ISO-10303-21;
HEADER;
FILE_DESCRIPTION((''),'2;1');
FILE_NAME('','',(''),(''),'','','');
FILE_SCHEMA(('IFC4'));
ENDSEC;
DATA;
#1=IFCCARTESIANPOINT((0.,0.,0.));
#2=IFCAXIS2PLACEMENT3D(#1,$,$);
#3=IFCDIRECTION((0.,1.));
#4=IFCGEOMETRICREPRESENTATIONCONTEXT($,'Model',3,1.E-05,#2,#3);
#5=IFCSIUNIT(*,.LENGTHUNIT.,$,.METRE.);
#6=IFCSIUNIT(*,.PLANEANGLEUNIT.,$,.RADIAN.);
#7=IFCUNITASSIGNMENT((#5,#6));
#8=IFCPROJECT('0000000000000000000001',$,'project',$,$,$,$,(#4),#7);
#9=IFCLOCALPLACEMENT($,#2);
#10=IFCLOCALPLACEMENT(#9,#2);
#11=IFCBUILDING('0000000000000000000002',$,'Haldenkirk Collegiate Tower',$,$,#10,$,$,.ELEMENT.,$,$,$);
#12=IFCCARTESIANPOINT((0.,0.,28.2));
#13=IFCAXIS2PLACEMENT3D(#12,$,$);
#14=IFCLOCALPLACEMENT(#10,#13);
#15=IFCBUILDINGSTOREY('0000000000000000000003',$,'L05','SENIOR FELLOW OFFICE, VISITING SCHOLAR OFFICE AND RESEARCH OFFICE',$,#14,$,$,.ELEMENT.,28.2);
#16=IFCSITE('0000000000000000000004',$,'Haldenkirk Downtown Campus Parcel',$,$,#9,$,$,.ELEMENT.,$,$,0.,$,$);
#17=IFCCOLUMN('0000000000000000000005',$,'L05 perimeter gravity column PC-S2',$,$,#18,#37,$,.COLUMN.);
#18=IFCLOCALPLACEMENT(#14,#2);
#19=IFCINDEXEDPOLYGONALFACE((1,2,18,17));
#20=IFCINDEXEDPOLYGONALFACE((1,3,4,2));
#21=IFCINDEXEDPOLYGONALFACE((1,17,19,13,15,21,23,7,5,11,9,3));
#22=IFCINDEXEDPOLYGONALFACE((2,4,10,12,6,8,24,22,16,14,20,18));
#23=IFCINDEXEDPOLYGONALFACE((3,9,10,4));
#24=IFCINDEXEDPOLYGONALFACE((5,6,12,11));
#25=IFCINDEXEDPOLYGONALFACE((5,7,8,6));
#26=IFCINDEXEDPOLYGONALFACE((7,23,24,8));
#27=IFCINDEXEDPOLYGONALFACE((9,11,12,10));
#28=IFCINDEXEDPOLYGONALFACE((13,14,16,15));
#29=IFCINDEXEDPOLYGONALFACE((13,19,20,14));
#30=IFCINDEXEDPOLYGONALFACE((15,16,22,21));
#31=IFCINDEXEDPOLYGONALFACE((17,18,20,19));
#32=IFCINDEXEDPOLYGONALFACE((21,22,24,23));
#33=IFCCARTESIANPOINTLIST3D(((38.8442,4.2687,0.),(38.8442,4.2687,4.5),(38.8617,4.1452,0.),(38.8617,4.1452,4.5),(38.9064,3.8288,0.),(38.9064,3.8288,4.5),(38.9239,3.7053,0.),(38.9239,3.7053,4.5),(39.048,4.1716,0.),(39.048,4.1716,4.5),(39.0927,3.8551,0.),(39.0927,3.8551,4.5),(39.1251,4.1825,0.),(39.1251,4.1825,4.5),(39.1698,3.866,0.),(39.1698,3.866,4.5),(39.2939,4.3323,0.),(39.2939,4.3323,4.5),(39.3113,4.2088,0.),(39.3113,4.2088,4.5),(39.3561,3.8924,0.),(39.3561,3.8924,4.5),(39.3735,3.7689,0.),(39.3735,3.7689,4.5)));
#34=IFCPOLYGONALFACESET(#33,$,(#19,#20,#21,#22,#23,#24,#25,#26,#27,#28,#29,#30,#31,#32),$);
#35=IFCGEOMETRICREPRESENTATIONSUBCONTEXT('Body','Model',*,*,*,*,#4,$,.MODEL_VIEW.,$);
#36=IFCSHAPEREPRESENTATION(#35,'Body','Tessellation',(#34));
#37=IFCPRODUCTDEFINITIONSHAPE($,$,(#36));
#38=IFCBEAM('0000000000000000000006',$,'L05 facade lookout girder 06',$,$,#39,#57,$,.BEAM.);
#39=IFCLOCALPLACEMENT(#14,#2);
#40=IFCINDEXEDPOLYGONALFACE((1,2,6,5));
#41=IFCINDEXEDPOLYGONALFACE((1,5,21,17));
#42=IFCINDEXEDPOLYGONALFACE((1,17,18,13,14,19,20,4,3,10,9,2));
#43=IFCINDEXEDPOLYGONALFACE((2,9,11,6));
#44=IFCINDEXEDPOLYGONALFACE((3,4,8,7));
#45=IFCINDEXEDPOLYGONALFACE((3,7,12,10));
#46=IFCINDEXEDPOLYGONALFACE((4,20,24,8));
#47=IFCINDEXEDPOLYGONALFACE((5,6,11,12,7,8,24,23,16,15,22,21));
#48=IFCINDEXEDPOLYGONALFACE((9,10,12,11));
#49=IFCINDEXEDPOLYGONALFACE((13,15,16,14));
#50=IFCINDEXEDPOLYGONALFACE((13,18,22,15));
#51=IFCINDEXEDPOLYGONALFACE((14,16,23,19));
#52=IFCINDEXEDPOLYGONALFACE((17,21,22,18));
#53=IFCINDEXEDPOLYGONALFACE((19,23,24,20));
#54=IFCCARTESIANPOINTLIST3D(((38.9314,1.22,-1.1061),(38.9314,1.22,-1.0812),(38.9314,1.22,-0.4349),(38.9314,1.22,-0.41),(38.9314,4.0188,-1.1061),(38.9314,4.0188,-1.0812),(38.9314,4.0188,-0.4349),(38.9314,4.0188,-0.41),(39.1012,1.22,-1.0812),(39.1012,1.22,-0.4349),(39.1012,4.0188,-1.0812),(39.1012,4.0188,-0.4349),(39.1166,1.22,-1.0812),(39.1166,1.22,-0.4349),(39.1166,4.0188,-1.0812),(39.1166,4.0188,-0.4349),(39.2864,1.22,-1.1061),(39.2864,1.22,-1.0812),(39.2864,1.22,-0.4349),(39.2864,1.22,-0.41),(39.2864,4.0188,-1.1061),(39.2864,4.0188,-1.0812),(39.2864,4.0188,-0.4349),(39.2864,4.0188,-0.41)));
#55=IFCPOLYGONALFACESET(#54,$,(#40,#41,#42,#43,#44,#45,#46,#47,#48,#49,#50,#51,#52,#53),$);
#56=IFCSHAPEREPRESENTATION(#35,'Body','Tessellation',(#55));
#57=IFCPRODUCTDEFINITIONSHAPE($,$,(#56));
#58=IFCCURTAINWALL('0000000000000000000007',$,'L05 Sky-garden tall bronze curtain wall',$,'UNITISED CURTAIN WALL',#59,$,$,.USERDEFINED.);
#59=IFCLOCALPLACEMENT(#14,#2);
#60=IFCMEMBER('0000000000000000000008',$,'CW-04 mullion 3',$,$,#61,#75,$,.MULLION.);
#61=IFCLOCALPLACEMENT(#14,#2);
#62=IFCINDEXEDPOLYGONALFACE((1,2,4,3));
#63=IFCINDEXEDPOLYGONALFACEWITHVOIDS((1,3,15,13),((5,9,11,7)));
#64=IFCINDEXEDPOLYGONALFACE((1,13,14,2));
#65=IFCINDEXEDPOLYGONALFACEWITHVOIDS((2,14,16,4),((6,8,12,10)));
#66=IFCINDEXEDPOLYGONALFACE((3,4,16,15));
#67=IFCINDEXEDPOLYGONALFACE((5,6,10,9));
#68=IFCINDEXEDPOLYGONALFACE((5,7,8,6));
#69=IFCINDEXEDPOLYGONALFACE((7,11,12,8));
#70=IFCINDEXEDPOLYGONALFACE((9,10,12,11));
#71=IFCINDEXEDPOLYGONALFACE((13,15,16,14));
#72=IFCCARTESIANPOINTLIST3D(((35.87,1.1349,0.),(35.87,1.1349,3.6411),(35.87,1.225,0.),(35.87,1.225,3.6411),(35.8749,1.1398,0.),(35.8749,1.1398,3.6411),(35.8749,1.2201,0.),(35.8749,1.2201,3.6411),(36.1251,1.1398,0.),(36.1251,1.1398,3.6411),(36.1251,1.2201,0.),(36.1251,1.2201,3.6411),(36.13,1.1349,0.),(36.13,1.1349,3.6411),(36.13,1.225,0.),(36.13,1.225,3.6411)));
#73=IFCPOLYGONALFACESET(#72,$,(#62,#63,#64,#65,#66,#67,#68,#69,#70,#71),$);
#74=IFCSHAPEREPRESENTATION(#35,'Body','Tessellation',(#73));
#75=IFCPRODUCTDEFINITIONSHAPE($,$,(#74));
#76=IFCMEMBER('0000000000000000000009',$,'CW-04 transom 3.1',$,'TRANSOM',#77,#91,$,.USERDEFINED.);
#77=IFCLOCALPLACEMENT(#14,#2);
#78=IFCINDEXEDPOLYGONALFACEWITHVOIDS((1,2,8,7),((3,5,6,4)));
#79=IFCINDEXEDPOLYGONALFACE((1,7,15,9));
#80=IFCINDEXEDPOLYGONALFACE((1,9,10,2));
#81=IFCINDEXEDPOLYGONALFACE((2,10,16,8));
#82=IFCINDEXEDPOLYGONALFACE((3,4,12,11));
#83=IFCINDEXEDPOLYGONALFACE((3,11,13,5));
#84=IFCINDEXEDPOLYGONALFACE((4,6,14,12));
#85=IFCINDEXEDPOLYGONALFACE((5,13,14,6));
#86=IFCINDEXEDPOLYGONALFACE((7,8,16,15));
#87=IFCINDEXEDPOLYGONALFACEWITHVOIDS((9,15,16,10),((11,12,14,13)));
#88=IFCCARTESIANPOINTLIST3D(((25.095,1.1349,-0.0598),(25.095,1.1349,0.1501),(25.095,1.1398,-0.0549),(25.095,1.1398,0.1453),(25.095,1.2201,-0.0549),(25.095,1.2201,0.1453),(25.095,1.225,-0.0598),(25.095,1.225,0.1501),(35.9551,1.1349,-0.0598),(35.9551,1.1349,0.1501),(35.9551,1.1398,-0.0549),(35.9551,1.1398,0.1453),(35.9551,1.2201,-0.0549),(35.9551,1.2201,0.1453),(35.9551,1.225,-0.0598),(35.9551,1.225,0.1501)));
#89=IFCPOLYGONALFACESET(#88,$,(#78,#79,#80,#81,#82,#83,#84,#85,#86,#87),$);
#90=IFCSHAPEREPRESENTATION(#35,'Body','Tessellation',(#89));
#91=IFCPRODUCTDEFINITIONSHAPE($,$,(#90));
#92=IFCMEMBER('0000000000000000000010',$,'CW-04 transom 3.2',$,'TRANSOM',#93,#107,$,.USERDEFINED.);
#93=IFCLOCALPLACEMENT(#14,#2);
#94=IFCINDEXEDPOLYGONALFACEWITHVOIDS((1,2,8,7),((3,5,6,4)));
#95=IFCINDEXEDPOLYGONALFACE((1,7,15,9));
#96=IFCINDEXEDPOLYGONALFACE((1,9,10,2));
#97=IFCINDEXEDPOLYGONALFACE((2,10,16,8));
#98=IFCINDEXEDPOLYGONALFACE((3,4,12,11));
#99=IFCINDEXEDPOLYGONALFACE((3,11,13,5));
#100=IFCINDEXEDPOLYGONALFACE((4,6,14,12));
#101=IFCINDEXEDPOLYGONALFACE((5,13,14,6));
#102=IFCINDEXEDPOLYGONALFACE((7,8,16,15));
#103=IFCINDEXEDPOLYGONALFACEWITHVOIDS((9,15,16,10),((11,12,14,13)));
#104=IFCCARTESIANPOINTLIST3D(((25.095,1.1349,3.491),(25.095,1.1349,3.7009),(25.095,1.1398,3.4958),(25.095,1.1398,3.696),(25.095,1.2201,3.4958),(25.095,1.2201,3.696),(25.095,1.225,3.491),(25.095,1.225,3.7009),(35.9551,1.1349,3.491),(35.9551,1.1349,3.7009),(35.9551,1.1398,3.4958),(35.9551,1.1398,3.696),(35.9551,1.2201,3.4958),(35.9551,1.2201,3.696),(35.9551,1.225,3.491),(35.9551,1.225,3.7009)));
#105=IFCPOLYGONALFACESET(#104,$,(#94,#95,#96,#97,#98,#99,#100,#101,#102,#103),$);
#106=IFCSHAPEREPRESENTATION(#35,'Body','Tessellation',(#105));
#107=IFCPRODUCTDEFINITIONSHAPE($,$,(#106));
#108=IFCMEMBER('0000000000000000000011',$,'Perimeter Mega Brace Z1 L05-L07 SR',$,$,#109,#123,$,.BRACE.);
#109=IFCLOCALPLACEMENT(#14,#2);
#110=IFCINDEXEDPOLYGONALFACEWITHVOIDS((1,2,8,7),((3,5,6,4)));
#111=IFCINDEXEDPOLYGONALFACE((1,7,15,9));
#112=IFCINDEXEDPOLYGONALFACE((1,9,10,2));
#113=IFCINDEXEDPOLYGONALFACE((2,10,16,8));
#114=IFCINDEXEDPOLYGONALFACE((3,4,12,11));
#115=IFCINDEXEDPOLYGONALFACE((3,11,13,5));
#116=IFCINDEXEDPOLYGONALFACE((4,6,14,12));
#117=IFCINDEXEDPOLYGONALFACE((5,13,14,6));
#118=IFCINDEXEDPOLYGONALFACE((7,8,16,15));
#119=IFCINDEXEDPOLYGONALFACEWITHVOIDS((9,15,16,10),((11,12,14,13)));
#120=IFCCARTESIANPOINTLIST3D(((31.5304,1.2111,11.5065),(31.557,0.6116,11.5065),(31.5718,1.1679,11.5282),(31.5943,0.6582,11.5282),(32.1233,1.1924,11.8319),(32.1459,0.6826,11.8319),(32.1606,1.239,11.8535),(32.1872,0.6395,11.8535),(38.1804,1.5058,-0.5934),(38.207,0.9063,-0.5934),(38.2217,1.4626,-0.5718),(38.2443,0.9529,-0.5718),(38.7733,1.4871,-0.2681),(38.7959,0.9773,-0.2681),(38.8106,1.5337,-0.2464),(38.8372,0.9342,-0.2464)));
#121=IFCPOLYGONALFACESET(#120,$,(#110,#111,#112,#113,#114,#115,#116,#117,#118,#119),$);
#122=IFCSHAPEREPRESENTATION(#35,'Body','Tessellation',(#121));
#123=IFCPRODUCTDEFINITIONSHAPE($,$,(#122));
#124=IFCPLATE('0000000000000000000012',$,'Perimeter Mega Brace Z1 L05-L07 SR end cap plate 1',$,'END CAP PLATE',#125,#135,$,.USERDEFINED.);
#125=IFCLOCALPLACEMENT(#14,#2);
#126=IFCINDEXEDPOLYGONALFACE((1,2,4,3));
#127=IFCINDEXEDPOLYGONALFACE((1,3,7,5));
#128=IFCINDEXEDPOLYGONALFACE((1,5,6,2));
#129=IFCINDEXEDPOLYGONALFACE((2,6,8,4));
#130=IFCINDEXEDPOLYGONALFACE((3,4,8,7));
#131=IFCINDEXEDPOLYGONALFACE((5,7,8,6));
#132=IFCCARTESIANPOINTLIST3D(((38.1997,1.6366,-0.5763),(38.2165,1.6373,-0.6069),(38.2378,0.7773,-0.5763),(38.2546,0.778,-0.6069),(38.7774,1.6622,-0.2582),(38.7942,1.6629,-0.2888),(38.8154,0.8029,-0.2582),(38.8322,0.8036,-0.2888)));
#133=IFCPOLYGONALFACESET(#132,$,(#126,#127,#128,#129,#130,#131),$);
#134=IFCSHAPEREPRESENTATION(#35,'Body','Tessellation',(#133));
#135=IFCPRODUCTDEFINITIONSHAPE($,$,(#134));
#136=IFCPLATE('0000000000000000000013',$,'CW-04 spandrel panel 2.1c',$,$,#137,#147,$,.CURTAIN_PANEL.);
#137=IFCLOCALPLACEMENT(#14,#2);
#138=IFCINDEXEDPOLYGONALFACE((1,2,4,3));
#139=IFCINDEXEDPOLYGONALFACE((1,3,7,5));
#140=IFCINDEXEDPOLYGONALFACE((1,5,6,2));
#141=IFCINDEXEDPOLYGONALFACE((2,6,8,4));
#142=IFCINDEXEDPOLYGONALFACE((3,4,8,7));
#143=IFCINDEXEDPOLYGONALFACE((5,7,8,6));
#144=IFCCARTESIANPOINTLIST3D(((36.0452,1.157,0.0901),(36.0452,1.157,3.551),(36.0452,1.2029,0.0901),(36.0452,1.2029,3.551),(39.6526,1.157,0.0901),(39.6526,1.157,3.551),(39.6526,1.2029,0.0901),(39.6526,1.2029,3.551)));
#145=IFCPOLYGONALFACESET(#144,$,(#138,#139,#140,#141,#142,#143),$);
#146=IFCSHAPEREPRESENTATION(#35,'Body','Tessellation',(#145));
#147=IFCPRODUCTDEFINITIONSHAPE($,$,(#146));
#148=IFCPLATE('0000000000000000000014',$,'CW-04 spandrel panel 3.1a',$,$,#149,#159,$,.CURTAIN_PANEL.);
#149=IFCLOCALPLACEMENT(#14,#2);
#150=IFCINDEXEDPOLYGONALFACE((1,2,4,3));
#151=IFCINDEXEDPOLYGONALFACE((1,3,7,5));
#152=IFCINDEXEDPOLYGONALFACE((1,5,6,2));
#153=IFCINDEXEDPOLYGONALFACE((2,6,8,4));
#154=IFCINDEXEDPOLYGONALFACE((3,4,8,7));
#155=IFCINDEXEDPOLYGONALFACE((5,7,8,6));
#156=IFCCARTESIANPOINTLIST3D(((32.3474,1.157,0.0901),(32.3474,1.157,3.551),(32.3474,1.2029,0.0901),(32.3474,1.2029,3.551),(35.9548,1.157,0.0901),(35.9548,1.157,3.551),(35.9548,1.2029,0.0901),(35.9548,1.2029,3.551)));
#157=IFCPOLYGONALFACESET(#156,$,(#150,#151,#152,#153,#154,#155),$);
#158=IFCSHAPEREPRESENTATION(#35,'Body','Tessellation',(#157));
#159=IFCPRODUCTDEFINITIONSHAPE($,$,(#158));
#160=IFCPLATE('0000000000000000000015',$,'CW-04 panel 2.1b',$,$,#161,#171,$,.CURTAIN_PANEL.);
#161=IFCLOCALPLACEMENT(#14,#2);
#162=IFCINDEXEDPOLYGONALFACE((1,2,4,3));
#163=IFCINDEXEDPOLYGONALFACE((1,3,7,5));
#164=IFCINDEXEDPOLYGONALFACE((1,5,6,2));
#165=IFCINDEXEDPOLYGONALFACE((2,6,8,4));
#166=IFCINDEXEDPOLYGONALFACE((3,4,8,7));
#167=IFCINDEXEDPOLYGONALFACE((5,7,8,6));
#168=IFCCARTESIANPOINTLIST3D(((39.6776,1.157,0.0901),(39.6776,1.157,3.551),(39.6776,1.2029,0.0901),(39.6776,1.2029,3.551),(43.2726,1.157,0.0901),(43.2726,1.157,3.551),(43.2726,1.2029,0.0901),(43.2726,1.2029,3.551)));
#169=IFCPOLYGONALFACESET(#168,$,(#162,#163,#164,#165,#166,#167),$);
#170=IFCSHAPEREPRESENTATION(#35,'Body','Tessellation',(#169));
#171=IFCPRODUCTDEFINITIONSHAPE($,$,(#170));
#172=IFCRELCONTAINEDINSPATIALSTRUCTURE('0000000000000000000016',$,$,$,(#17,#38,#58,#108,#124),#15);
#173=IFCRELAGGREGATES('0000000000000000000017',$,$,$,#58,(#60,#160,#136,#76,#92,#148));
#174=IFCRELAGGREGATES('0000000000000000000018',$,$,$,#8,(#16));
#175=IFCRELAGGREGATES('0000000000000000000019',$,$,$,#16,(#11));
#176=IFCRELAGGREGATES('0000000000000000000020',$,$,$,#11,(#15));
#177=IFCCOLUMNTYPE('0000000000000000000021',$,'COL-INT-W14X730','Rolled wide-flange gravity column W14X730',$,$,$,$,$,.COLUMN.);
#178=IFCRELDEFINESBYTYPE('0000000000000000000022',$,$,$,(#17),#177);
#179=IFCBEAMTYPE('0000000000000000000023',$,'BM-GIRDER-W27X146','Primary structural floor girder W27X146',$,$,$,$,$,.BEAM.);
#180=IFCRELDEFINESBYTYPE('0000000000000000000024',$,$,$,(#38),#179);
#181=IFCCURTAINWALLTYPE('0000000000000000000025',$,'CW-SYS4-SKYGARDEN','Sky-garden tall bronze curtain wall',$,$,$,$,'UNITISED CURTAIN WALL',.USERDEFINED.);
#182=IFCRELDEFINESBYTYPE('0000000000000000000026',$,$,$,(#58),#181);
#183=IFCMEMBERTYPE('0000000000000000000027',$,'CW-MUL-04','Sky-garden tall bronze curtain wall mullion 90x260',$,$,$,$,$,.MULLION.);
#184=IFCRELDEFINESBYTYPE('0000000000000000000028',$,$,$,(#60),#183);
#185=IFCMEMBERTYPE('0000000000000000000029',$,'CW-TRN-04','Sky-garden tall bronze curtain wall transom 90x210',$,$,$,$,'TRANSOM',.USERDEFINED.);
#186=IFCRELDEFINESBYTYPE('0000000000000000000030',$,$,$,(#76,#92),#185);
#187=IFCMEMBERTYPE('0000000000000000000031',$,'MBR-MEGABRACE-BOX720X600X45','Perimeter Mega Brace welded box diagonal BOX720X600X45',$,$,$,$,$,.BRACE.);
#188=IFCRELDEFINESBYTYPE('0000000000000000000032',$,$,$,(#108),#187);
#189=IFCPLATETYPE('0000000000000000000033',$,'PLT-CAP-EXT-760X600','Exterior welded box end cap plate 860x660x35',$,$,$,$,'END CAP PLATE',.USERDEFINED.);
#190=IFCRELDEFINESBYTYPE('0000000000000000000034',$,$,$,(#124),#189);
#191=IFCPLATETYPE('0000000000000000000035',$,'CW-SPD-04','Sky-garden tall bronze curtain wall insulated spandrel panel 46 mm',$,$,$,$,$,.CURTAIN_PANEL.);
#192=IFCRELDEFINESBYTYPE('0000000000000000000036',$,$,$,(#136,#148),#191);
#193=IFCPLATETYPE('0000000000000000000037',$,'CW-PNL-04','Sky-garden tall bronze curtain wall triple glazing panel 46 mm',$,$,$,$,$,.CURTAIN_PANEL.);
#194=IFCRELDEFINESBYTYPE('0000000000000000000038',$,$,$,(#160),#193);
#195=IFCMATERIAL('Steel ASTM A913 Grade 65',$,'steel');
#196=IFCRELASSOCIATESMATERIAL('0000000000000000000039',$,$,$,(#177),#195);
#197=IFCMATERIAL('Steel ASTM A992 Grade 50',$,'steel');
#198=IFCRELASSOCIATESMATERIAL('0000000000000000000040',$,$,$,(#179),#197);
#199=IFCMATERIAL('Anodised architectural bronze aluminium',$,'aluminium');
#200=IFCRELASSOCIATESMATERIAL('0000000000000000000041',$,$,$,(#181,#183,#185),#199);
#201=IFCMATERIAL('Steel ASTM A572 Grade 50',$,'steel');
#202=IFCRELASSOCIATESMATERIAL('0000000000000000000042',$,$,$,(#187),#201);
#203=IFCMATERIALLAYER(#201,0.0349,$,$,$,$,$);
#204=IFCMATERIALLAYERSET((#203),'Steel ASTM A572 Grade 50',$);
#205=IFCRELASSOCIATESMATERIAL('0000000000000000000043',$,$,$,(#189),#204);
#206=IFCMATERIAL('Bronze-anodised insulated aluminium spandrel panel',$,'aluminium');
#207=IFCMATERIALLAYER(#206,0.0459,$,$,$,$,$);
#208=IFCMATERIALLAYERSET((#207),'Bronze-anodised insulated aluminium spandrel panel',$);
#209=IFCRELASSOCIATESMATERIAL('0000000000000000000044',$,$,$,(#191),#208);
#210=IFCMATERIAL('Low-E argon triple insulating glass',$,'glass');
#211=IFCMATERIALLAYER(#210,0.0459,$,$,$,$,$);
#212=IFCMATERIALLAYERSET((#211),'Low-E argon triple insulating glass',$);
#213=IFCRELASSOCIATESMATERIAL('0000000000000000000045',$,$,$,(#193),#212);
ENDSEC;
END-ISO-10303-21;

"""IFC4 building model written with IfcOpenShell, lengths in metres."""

from ifc_helpers import new_model, si_unit, direction, frame, origin, origin_2d, place, context, subcontext, project, spatial, rectangle, hollow_rectangle, i_section, extrude, source, transform, mapped, material, layer, layer_set, material_profile, profile_set, type_object, element, aggregate, save


model = new_model("IFC4")

# Units and contexts
model_context = context("Model", 3, precision=1e-05, world=origin(), true_north=direction((0.0, 1.0)))
body_context = subcontext(model_context, "Body", "Model", "MODEL_VIEW")
ifc_project = project(units=[si_unit("LENGTHUNIT", "METRE"), si_unit("PLANEANGLEUNIT", "RADIAN")], contexts=[model_context])

# Site, building, storey
site_placement = place(None, origin())
site = spatial("IfcSite", under=ifc_project, at=site_placement, Name="Haldenkirk Downtown Campus Parcel", CompositionType="ELEMENT", RefElevation=0.0)
building_placement = place(site_placement, origin())
building = spatial("IfcBuilding", under=site, at=building_placement, Name="Haldenkirk Collegiate Tower", CompositionType="ELEMENT")
storey_placement = place(building_placement, frame((0.0, 0.0, 28.2)))
storey = spatial("IfcBuildingStorey", under=building, at=storey_placement, Name="L05", Description="SENIOR FELLOW OFFICE, VISITING SCHOLAR OFFICE AND RESEARCH OFFICE", CompositionType="ELEMENT", Elevation=28.2)

# Column
ifc_material_1 = material(Name="Steel ASTM A913 Grade 65", Category="steel")
ifc_material_profile_1 = material_profile(ifc_material_1, i_section(OverallWidth=0.4541, OverallDepth=0.5691, WebThickness=0.0779, FlangeThickness=0.1248, at=origin_2d()), Name="W14X730")
ifc_profile_set_1 = profile_set([ifc_material_profile_1], Name="Steel ASTM A913 Grade 65")
column_type = type_object("IfcColumnType", Name="COL-INT-W14X730", Description="Rolled wide-flange gravity column W14X730", PredefinedType="COLUMN", material=ifc_profile_set_1)
column_placement = place(storey_placement, frame((39.1089, 4.0188, 0.0), z_axis=(0.0, 0.0, 1.0), x_axis=(0.990146, 0.140037, 0.0)))
element("IfcColumn", 1, at=column_placement, inside=storey, type_object=column_type, Name="L05 perimeter gravity column PC-S2", PredefinedType="COLUMN", context=body_context, shape_type="SweptSolid", body=[
    extrude(i_section(OverallWidth=0.4541, OverallDepth=0.5691, WebThickness=0.0779, FlangeThickness=0.1248, at=origin_2d()), origin(), (0.0, 0.0, 1.0), 4.5),
])

# Beam
ifc_material_2 = material(Name="Steel ASTM A992 Grade 50", Category="steel")
ifc_material_profile_2 = material_profile(ifc_material_2, i_section(OverallWidth=0.355, OverallDepth=0.696, WebThickness=0.0154, FlangeThickness=0.0249, at=origin_2d()), Name="W27X146")
ifc_profile_set_2 = profile_set([ifc_material_profile_2], Name="Steel ASTM A992 Grade 50")
beam_type = type_object("IfcBeamType", Name="BM-GIRDER-W27X146", Description="Primary structural floor girder W27X146", PredefinedType="BEAM", material=ifc_profile_set_2)
beam_placement = place(storey_placement, frame((39.1089, 4.0188, -0.7581), z_axis=(0.0, -1.0, 0.0), x_axis=(1.0, 0.0, 0.0)))
element("IfcBeam", 2, at=beam_placement, inside=storey, type_object=beam_type, Name="L05 facade lookout girder 06", PredefinedType="BEAM", context=body_context, shape_type="SweptSolid", body=[
    extrude(i_section(OverallWidth=0.355, OverallDepth=0.696, WebThickness=0.0154, FlangeThickness=0.0249, at=origin_2d()), origin(), (0.0, 0.0, 1.0), 2.7988),
])

# Curtain wall, members
ifc_material_3 = material(Name="Anodised architectural bronze aluminium", Category="aluminium")
curtain_wall_type = type_object("IfcCurtainWallType", Name="CW-SYS4-SKYGARDEN", Description="Sky-garden tall bronze curtain wall", ElementType="UNITISED CURTAIN WALL", PredefinedType="USERDEFINED", material=ifc_material_3)
curtain_wall_placement = place(storey_placement, origin())
curtain_wall = element("IfcCurtainWall", 3, at=curtain_wall_placement, inside=storey, type_object=curtain_wall_type, Name="L05 Sky-garden tall bronze curtain wall", ObjectType="UNITISED CURTAIN WALL", PredefinedType="USERDEFINED")
ifc_material_profile_3 = material_profile(ifc_material_3, hollow_rectangle(XDim=0.0901, YDim=0.26, WallThickness=0.0049, at=origin_2d()), Name="CW-MUL-04")
ifc_profile_set_3 = profile_set([ifc_material_profile_3], Name="Anodised architectural bronze aluminium")
member_type_1 = type_object("IfcMemberType", Name="CW-MUL-04", Description="Sky-garden tall bronze curtain wall mullion 90x260", PredefinedType="MULLION", material=ifc_profile_set_3)
member_1_placement = place(storey_placement, frame((36.0, 1.1799, 0.0), z_axis=(0.0, 0.0, 1.0), x_axis=(0.0, -1.0, 0.0)))
member_1 = element("IfcMember", 4, at=member_1_placement, type_object=member_type_1, Name="CW-04 mullion 3", PredefinedType="MULLION", context=body_context, shape_type="SweptSolid", body=[
    extrude(hollow_rectangle(XDim=0.0901, YDim=0.26, WallThickness=0.0049, at=origin_2d()), origin(), (0.0, 0.0, 1.0), 3.6411),
])
ifc_material_profile_4 = material_profile(ifc_material_3, hollow_rectangle(XDim=0.0901, YDim=0.21, WallThickness=0.0049, at=origin_2d()), Name="CW-TRN-04")
ifc_profile_set_4 = profile_set([ifc_material_profile_4], Name="Anodised architectural bronze aluminium")
member_type_2 = type_object("IfcMemberType", Name="CW-TRN-04", Description="Sky-garden tall bronze curtain wall transom 90x210", ElementType="TRANSOM", PredefinedType="USERDEFINED", material=ifc_profile_set_4)
member_2_placement = place(storey_placement, frame((35.9551, 1.1799, 0.0452), z_axis=(-1.0, 0.0, 0.0), x_axis=(0.0, -1.0, 0.0)))
member_2 = element("IfcMember", 5, at=member_2_placement, type_object=member_type_2, Name="CW-04 transom 3.1", ObjectType="TRANSOM", PredefinedType="USERDEFINED", context=body_context, shape_type="SweptSolid", body=[
    extrude(hollow_rectangle(XDim=0.0901, YDim=0.21, WallThickness=0.0049, at=origin_2d()), origin(), (0.0, 0.0, 1.0), 10.8601),
])
member_3_placement = place(storey_placement, frame((35.9551, 1.1799, 3.5959), z_axis=(-1.0, 0.0, 0.0), x_axis=(0.0, -1.0, 0.0)))
member_3 = element("IfcMember", 6, at=member_3_placement, type_object=member_type_2, Name="CW-04 transom 3.2", ObjectType="TRANSOM", PredefinedType="USERDEFINED", context=body_context, shape_type="SweptSolid", body=[
    extrude(hollow_rectangle(XDim=0.0901, YDim=0.21, WallThickness=0.0049, at=origin_2d()), origin(), (0.0, 0.0, 1.0), 10.8601),
])

# Member
ifc_material_4 = material(Name="Steel ASTM A572 Grade 50", Category="steel")
ifc_material_profile_5 = material_profile(ifc_material_4, hollow_rectangle(XDim=0.6001, YDim=0.72, WallThickness=0.0449, at=origin_2d()), Name="BOX720X600X45")
ifc_profile_set_5 = profile_set([ifc_material_profile_5], Name="Steel ASTM A572 Grade 50")
member_type_3 = type_object("IfcMemberType", Name="MBR-MEGABRACE-BOX720X600X45", Description="Perimeter Mega Brace welded box diagonal BOX720X600X45", PredefinedType="BRACE", material=ifc_profile_set_5)
member_4_placement = place(storey_placement, frame((38.5088, 1.22, -0.4199), z_axis=(-0.48153, -0.021338, 0.87617), x_axis=(0.04427, -0.99902, 0.0)))
element("IfcMember", 7, at=member_4_placement, inside=storey, type_object=member_type_3, Name="Perimeter Mega Brace Z1 L05-L07 SR", PredefinedType="BRACE", context=body_context, shape_type="SweptSolid", body=[
    extrude(hollow_rectangle(XDim=0.6001, YDim=0.72, WallThickness=0.0449, at=origin_2d()), origin(), (0.0, 0.0, 1.0), 13.8101),
])

# Plates
ifc_layer_1 = layer(ifc_material_4, 0.0349)
ifc_layer_set_1 = layer_set([ifc_layer_1], Name="Steel ASTM A572 Grade 50")
plate_type_1 = type_object("IfcPlateType", Name="PLT-CAP-EXT-760X600", Description="Exterior welded box end cap plate 860x660x35", ElementType="END CAP PLATE", PredefinedType="USERDEFINED", material=ifc_layer_set_1)
shared_shape_1 = source(origin(), body_context, "Body", "SweptSolid", [
    extrude(rectangle(XDim=0.8601, YDim=0.6599, at=origin_2d()), origin(), (0.0, 0.0, 1.0), 0.0349),
])
plate_1_placement = place(storey_placement, frame((38.5076, 1.2197, -0.4172), z_axis=(0.48152, 0.021332, -0.876175), x_axis=(-0.044259, 0.99902, 0.0)))
element("IfcPlate", 8, at=plate_1_placement, inside=storey, type_object=plate_type_1, Name="Perimeter Mega Brace Z1 L05-L07 SR end cap plate 1", ObjectType="END CAP PLATE", PredefinedType="USERDEFINED", context=body_context, shape_type="MappedRepresentation", body=[
    mapped(shared_shape_1, transform((0.0, 0.0, 0.0), x_axis=(1.0, 0.0, 0.0), y_axis=(0.0, 1.0, 0.0), z_axis=(0.0, 0.0, 1.0), scale=1.0)),
])
ifc_material_5 = material(Name="Bronze-anodised insulated aluminium spandrel panel", Category="aluminium")
ifc_layer_2 = layer(ifc_material_5, 0.0459)
ifc_layer_set_2 = layer_set([ifc_layer_2], Name="Bronze-anodised insulated aluminium spandrel panel")
plate_type_2 = type_object("IfcPlateType", Name="CW-SPD-04", Description="Sky-garden tall bronze curtain wall insulated spandrel panel 46 mm", PredefinedType="CURTAIN_PANEL", material=ifc_layer_set_2)
shared_shape_2 = source(origin(), body_context, "Body", "SweptSolid", [
    extrude(rectangle(XDim=3.6074, YDim=0.0459, at=origin_2d()), origin(), (0.0, 0.0, 1.0), 3.4609),
])
plate_2_placement = place(storey_placement, frame((37.8489, 1.1799, 0.0901), z_axis=(0.0, 0.0, 1.0), x_axis=(-1.0, 0.0, 0.0)))
plate_2 = element("IfcPlate", 9, at=plate_2_placement, type_object=plate_type_2, Name="CW-04 spandrel panel 2.1c", PredefinedType="CURTAIN_PANEL", context=body_context, shape_type="MappedRepresentation", body=[
    mapped(shared_shape_2, transform((0.0, 0.0, 0.0), x_axis=(1.0, 0.0, 0.0), y_axis=(0.0, 1.0, 0.0), z_axis=(0.0, 0.0, 1.0), scale=1.0)),
])
plate_3_placement = place(storey_placement, frame((34.1511, 1.1799, 0.0901), z_axis=(0.0, 0.0, 1.0), x_axis=(-1.0, 0.0, 0.0)))
plate_3 = element("IfcPlate", 10, at=plate_3_placement, type_object=plate_type_2, Name="CW-04 spandrel panel 3.1a", PredefinedType="CURTAIN_PANEL", context=body_context, shape_type="MappedRepresentation", body=[
    mapped(shared_shape_2, transform((0.0, 0.0, 0.0), x_axis=(1.0, 0.0, 0.0), y_axis=(0.0, 1.0, 0.0), z_axis=(0.0, 0.0, 1.0), scale=1.0)),
])
ifc_material_6 = material(Name="Low-E argon triple insulating glass", Category="glass")
ifc_layer_3 = layer(ifc_material_6, 0.0459)
ifc_layer_set_3 = layer_set([ifc_layer_3], Name="Low-E argon triple insulating glass")
plate_type_3 = type_object("IfcPlateType", Name="CW-PNL-04", Description="Sky-garden tall bronze curtain wall triple glazing panel 46 mm", PredefinedType="CURTAIN_PANEL", material=ifc_layer_set_3)
shared_shape_3 = source(origin(), body_context, "Body", "SweptSolid", [
    extrude(rectangle(XDim=3.595, YDim=0.0459, at=origin_2d()), origin(), (0.0, 0.0, 1.0), 3.4609),
])
plate_4_placement = place(storey_placement, frame((41.4751, 1.1799, 0.0901), z_axis=(0.0, 0.0, 1.0), x_axis=(-1.0, 0.0, 0.0)))
plate_4 = element("IfcPlate", 11, at=plate_4_placement, type_object=plate_type_3, Name="CW-04 panel 2.1b", PredefinedType="CURTAIN_PANEL", context=body_context, shape_type="MappedRepresentation", body=[
    mapped(shared_shape_3, transform((0.0, 0.0, 0.0), x_axis=(1.0, 0.0, 0.0), y_axis=(0.0, 1.0, 0.0), z_axis=(0.0, 0.0, 1.0), scale=1.0)),
])
aggregate(curtain_wall, [member_1, plate_4, plate_2, member_2, member_3, plate_3])

save(model, "model.ifc")
